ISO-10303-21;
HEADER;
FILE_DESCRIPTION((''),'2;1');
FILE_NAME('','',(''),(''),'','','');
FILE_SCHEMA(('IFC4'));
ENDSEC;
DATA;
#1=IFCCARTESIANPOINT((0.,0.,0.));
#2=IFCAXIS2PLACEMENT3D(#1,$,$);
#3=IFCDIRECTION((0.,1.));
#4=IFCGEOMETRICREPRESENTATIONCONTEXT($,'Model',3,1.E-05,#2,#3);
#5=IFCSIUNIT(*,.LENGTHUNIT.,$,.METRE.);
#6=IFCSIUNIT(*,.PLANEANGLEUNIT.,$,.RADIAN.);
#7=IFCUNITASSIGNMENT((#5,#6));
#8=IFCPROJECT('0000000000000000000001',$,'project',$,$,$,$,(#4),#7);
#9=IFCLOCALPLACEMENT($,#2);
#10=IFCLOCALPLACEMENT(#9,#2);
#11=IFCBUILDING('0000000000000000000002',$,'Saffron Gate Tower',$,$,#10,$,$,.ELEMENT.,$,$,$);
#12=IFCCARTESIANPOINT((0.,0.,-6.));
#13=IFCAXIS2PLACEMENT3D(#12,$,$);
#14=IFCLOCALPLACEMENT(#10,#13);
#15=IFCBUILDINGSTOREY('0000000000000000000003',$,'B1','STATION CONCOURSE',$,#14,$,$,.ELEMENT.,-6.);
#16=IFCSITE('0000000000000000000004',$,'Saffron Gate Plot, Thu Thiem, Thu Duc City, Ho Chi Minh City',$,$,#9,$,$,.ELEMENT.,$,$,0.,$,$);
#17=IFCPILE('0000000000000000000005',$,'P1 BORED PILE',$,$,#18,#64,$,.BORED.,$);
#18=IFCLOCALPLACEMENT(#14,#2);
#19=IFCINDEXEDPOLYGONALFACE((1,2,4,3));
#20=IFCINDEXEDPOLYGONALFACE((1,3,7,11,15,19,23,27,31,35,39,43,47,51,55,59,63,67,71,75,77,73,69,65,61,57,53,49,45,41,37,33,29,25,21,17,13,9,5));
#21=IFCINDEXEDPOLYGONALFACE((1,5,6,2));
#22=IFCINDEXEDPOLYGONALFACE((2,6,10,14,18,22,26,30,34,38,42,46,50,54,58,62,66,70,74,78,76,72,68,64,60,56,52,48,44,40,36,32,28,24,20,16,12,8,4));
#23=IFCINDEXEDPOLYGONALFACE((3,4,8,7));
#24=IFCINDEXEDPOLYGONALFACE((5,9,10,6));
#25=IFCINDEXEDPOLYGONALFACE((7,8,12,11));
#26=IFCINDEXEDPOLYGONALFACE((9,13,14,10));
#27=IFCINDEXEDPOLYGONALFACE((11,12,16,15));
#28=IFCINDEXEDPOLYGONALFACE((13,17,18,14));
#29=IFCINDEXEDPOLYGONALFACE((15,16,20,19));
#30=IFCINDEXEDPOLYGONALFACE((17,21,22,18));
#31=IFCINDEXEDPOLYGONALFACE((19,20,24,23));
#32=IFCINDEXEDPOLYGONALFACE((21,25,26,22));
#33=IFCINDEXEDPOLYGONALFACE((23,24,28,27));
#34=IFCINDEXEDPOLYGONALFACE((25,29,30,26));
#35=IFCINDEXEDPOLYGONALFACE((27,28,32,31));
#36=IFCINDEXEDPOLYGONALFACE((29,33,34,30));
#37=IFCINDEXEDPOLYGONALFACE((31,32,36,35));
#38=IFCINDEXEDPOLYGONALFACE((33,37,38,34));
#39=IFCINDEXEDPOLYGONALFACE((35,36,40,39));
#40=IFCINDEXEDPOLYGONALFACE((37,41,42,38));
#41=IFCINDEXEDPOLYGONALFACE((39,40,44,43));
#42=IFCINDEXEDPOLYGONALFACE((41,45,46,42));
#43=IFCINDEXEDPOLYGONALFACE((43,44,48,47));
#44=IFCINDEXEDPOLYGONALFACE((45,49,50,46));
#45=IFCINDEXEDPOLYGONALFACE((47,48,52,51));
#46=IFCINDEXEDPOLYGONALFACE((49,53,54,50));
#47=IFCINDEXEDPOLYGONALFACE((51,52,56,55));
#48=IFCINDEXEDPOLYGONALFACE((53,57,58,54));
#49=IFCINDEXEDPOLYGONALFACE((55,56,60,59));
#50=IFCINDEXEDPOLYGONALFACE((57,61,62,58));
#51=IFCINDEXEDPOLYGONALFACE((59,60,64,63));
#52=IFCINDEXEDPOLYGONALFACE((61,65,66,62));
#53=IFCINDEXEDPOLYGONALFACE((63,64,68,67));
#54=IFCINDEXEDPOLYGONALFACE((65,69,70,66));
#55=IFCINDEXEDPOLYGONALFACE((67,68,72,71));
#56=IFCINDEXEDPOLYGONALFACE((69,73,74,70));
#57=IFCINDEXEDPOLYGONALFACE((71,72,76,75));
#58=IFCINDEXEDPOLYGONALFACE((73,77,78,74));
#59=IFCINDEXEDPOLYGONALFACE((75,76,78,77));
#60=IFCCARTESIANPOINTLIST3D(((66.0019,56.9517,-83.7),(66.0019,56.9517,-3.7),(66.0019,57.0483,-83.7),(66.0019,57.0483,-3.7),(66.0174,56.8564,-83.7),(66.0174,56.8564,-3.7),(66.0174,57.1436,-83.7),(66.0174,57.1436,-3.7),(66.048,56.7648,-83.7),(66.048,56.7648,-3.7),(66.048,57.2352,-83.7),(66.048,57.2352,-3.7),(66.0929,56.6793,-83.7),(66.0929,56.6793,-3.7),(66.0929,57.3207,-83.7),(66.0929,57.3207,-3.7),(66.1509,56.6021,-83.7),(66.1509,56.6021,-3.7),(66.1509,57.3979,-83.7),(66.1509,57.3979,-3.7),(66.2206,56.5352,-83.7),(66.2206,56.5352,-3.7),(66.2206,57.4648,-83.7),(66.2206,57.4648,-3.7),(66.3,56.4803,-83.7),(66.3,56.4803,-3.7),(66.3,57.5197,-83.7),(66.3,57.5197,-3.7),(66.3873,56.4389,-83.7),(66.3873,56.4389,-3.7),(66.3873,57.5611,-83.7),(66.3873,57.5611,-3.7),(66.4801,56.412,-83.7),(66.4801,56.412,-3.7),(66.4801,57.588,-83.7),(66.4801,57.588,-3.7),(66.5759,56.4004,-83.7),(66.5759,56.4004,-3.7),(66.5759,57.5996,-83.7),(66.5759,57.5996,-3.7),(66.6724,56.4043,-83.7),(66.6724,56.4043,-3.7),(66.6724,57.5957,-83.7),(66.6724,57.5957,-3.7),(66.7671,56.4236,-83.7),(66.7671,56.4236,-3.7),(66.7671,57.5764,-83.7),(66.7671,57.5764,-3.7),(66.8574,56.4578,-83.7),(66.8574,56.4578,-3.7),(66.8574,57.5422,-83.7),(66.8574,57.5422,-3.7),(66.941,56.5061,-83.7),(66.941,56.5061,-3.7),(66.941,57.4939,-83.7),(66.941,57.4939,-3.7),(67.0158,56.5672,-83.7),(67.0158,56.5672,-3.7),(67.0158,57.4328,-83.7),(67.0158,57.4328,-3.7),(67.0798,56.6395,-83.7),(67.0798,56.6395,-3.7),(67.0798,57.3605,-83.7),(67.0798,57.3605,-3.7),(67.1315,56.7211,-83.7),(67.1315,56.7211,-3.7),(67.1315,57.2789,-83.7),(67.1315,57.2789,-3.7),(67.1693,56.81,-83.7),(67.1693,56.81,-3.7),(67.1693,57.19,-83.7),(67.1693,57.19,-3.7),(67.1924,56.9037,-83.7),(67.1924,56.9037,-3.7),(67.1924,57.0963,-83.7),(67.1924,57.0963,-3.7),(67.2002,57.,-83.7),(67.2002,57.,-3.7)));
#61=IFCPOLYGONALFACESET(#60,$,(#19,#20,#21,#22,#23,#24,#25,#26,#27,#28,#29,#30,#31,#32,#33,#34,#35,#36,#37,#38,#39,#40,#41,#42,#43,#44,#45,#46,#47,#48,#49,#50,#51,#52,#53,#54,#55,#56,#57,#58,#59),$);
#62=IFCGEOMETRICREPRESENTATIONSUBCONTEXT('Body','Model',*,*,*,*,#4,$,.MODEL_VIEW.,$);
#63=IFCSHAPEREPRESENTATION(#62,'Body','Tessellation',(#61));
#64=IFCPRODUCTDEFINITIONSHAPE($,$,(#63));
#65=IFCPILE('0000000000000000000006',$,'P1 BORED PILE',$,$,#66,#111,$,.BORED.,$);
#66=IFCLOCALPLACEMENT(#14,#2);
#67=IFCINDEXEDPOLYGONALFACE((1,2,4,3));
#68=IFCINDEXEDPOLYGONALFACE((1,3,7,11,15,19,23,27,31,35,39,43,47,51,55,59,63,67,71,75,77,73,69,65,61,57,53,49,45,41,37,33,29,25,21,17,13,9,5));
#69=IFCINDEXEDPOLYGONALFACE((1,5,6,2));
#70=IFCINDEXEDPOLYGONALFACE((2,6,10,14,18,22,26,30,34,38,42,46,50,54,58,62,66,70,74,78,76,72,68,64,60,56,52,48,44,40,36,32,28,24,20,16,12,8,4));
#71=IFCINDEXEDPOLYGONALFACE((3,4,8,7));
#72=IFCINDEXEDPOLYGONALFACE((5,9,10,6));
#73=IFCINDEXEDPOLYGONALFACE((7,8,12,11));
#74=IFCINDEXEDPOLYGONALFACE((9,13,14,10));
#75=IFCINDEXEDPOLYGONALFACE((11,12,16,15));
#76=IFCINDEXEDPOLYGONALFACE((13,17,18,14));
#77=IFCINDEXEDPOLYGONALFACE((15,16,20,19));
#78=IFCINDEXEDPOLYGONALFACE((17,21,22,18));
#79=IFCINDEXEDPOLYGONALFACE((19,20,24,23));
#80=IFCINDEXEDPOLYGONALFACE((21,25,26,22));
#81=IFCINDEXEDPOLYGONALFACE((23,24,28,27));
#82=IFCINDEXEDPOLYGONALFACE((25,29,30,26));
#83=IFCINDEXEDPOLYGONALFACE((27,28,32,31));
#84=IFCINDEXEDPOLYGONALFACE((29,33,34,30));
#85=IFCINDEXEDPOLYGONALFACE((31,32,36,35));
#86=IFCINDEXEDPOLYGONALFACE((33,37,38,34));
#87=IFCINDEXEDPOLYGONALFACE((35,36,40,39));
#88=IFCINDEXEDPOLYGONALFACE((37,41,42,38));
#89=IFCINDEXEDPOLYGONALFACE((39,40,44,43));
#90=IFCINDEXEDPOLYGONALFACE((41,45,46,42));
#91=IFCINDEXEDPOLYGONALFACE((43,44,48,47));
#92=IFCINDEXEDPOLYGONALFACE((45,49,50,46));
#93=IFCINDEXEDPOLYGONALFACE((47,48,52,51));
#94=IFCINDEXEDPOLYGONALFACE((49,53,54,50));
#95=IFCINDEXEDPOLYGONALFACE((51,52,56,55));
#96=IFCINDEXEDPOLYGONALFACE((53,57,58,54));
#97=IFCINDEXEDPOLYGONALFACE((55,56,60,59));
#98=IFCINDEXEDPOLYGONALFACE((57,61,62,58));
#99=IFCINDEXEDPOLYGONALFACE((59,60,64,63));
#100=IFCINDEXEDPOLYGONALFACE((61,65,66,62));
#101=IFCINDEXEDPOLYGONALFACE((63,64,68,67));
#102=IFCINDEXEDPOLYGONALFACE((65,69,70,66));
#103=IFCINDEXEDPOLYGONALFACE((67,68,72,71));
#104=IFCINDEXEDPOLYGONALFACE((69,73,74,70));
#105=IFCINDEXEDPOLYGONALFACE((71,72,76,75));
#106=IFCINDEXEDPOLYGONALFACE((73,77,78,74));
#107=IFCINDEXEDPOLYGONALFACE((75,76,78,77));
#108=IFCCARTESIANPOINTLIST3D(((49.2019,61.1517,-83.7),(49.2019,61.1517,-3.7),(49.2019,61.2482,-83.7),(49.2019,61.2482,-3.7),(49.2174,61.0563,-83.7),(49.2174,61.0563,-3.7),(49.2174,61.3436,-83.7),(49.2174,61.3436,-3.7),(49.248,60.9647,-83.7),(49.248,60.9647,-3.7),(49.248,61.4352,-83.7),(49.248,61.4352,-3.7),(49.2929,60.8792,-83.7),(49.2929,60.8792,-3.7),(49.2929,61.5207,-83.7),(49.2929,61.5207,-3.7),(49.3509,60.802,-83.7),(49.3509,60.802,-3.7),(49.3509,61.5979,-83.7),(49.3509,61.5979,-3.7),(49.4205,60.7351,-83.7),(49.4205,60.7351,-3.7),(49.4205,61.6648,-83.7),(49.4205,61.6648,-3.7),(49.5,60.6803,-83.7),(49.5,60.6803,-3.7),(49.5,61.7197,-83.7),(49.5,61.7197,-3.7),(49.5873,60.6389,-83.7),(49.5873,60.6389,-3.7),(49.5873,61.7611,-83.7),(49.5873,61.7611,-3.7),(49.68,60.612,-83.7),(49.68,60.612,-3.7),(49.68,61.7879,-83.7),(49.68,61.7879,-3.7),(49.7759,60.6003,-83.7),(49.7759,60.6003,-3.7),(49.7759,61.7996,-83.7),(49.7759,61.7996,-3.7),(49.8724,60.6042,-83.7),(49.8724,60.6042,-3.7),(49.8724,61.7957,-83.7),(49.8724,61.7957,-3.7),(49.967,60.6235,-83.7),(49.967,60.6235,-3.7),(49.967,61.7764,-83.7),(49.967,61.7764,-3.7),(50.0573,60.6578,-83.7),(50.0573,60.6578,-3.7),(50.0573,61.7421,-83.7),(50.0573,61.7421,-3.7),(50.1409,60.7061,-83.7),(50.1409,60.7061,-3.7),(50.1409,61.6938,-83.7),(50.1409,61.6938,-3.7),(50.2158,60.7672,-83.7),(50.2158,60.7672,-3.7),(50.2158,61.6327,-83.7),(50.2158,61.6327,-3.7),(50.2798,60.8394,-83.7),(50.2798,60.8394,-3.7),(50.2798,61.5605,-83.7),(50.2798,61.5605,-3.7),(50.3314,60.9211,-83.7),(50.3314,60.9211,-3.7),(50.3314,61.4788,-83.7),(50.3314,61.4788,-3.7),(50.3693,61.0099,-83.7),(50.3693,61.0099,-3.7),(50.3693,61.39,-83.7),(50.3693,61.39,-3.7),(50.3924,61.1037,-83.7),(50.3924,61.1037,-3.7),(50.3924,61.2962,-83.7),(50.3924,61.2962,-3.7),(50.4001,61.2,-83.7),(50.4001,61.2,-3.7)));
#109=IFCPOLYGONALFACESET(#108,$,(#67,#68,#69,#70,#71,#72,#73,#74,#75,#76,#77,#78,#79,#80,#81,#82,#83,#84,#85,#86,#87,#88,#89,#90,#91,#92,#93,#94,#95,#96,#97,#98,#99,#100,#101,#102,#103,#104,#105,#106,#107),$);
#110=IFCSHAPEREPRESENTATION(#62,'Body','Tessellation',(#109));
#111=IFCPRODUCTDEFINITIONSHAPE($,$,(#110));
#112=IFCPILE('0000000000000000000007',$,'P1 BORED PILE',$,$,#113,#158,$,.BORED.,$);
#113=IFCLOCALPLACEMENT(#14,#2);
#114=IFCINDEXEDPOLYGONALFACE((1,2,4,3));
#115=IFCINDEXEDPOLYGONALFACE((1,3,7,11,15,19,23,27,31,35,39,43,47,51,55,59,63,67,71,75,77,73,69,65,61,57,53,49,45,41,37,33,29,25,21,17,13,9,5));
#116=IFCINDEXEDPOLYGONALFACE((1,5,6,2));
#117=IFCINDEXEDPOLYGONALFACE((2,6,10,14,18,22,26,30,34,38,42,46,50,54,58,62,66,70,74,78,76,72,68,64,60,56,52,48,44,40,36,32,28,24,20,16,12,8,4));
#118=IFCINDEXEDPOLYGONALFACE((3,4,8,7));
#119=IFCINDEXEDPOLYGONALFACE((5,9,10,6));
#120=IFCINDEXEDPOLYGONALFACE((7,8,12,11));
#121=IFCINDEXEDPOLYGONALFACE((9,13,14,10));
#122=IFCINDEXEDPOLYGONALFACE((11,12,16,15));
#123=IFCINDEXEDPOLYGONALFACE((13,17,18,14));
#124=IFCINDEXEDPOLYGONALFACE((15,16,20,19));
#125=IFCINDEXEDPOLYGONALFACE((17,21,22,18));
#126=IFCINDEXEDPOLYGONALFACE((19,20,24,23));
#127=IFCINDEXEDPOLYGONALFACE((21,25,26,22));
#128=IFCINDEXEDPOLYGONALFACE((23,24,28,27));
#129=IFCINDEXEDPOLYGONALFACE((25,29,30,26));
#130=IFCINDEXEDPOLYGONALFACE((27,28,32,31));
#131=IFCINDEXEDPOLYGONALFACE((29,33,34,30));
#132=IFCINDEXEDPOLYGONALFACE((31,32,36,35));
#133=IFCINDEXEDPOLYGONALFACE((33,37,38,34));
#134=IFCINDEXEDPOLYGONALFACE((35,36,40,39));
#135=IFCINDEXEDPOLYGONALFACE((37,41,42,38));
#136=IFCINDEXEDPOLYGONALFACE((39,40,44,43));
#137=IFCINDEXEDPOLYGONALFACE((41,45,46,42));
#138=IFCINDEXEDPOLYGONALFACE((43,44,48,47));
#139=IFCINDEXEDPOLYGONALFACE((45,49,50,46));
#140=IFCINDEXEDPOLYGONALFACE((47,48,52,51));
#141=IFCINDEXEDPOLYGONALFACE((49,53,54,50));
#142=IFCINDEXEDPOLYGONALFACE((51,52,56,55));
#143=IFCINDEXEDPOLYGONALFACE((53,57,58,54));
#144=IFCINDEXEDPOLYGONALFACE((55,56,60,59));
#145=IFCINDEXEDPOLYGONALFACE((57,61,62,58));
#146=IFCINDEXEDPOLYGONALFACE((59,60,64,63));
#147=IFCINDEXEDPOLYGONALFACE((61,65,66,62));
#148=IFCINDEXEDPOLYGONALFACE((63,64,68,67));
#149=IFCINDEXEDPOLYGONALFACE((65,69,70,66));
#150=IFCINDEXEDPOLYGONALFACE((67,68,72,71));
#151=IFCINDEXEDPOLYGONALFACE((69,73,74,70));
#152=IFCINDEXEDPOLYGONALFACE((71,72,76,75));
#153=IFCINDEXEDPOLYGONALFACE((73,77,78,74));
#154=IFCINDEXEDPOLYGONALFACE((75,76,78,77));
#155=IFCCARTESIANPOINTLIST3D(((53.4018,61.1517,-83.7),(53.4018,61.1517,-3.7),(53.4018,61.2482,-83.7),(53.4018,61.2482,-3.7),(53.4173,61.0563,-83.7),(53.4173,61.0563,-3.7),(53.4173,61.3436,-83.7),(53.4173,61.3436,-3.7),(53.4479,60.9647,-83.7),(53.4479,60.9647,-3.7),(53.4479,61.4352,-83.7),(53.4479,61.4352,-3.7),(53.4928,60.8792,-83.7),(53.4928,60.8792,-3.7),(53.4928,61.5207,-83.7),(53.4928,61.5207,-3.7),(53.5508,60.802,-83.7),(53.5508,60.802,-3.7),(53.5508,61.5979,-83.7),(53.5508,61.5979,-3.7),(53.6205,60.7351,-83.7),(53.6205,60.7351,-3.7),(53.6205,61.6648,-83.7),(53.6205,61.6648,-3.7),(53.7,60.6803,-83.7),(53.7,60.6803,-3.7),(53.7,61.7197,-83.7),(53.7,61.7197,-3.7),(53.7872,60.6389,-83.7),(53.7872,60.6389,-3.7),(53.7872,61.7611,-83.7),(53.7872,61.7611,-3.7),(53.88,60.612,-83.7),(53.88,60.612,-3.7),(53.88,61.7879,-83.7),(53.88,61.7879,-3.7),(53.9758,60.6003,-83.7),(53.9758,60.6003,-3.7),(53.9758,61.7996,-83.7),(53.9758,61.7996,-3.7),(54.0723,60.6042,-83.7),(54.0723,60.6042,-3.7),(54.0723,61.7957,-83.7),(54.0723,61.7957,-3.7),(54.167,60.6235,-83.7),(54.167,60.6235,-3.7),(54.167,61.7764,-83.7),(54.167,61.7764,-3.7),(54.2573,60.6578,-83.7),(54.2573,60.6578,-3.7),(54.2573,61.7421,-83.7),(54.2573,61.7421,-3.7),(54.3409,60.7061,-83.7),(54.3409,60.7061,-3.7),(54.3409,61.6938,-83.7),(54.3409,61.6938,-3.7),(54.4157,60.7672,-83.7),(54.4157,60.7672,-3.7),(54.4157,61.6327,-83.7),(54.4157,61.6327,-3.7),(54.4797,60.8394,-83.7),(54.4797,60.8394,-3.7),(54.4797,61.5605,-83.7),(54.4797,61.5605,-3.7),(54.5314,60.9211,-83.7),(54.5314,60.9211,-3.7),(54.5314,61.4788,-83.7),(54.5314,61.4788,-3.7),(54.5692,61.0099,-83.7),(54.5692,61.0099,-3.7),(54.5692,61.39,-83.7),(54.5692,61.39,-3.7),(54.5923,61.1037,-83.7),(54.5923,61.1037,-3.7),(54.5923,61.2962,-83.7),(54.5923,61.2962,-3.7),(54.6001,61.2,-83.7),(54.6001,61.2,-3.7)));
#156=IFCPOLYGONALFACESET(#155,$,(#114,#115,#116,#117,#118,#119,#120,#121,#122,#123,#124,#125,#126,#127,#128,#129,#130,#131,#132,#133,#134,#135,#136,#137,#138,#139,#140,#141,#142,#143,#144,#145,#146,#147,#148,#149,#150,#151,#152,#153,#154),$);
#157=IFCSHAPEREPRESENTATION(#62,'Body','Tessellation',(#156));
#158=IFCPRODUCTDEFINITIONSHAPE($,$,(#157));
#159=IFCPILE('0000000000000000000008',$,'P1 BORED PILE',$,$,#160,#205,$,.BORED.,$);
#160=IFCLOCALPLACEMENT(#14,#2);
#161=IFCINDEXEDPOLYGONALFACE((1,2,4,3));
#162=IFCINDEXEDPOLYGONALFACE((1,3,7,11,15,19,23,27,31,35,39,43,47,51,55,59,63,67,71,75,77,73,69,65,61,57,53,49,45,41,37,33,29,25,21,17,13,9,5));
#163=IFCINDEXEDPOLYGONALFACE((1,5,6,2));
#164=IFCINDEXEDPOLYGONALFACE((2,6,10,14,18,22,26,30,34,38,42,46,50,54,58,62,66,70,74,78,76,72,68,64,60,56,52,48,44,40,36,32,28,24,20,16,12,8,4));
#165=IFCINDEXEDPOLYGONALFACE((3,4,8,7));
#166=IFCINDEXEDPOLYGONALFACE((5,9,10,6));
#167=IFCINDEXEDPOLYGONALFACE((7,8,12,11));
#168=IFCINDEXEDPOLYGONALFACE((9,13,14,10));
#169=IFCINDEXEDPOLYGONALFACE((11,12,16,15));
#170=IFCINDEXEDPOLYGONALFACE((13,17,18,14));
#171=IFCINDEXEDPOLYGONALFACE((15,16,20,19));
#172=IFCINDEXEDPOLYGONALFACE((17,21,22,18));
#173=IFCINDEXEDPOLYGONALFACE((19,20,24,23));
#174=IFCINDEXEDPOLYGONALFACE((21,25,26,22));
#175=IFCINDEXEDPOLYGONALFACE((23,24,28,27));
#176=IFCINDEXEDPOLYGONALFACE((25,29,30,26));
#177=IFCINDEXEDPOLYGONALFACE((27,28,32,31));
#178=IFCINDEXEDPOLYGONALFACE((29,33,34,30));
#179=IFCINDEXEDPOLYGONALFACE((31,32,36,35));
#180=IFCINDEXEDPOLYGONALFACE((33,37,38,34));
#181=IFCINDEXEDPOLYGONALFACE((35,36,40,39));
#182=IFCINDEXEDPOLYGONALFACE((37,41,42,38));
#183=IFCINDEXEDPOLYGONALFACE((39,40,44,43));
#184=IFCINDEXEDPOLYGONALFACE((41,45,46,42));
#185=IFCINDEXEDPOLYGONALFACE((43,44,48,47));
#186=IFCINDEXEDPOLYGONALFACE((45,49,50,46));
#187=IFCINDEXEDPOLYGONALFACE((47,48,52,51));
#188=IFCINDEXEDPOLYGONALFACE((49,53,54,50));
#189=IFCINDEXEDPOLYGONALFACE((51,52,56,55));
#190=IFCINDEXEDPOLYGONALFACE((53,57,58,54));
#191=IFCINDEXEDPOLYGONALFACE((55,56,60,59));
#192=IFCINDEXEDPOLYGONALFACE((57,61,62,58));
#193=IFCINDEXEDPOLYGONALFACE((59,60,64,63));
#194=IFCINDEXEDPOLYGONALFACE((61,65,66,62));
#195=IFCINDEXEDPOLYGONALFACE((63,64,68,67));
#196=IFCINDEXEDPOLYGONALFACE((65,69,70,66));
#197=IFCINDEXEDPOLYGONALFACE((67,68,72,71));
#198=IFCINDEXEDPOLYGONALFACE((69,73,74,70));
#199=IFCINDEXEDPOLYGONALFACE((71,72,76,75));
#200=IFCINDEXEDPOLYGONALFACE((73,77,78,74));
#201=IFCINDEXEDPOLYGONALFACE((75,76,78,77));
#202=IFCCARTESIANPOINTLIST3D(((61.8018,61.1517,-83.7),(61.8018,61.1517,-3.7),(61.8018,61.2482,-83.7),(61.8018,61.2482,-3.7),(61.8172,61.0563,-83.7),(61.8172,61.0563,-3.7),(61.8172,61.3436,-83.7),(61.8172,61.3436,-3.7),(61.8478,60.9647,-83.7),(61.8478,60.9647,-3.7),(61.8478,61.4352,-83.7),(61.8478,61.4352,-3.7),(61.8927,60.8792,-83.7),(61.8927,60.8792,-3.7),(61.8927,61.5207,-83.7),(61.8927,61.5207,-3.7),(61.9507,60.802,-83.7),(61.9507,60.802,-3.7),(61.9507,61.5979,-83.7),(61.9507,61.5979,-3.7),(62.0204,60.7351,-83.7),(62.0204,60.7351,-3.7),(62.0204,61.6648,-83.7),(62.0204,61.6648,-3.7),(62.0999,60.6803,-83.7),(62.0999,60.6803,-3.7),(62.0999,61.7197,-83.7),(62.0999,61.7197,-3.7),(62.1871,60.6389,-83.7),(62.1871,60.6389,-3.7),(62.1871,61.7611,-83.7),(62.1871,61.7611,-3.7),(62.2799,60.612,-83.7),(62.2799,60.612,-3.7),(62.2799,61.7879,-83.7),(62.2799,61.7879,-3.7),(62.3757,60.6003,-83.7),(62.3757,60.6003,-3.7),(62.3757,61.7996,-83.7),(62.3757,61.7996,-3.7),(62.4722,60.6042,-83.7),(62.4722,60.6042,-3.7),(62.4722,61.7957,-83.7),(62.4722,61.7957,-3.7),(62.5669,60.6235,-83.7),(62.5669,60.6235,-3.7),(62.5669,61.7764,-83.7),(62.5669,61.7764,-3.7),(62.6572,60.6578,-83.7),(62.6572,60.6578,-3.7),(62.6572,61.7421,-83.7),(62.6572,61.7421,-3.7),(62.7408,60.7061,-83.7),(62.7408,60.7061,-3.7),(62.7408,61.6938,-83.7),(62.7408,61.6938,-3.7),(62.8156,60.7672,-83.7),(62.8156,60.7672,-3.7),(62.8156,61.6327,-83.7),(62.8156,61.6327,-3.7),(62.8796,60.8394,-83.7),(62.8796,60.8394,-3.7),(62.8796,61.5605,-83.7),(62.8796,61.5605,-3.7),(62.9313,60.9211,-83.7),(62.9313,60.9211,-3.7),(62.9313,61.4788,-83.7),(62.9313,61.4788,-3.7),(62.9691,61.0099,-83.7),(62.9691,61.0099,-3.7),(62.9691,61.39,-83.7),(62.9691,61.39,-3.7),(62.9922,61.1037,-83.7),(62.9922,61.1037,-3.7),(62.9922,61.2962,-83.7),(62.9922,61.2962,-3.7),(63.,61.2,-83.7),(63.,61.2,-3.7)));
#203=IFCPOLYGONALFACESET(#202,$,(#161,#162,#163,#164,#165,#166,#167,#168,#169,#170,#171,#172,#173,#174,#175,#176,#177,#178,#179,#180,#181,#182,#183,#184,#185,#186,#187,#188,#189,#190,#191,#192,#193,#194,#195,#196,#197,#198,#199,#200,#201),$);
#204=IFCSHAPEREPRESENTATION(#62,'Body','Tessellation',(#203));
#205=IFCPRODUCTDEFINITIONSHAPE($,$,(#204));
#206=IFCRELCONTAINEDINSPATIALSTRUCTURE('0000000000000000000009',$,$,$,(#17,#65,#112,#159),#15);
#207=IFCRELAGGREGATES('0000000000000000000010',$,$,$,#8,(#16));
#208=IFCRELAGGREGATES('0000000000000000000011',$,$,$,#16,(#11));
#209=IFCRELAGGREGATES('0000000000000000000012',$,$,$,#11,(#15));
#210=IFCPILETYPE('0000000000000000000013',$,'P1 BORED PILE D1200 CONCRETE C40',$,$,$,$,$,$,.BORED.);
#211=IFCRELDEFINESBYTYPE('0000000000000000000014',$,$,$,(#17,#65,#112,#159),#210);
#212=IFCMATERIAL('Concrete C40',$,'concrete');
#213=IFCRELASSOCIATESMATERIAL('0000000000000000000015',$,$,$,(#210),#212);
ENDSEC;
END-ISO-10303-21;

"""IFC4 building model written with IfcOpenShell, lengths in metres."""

from ifc_helpers import new_model, si_unit, direction, frame, origin, origin_2d, place, context, subcontext, project, spatial, circle, extrude, material, material_profile, profile_set, type_object, element, save


model = new_model("IFC4")

# Units and contexts
model_context = context("Model", 3, precision=1e-05, world=origin(), true_north=direction((0.0, 1.0)))
body_context = subcontext(model_context, "Body", "Model", "MODEL_VIEW")
ifc_project = project(units=[si_unit("LENGTHUNIT", "METRE"), si_unit("PLANEANGLEUNIT", "RADIAN")], contexts=[model_context])

# Site, building, storey
site_placement = place(None, origin())
site = spatial("IfcSite", under=ifc_project, at=site_placement, Name="Saffron Gate Plot, Thu Thiem, Thu Duc City, Ho Chi Minh City", CompositionType="ELEMENT", RefElevation=0.0)
building_placement = place(site_placement, origin())
building = spatial("IfcBuilding", under=site, at=building_placement, Name="Saffron Gate Tower", CompositionType="ELEMENT")
storey_placement = place(building_placement, frame((0.0, 0.0, -6.0)))
storey = spatial("IfcBuildingStorey", under=building, at=storey_placement, Name="B1", Description="STATION CONCOURSE", CompositionType="ELEMENT", Elevation=-6.0)

# Piles
ifc_material_1 = material(Name="Concrete C40", Category="concrete")
ifc_material_profile_1 = material_profile(ifc_material_1, circle(Radius=0.6001, at=origin_2d()))
ifc_profile_set_1 = profile_set([ifc_material_profile_1], Name="Concrete C40")
pile_type_1 = type_object("IfcPileType", Name="P1 BORED PILE D1200 CONCRETE C40", PredefinedType="BORED", material=ifc_profile_set_1)
for number, where, z_axis, x_axis, name in (
    (1, (66.6001, 57.0, -3.7), (0.0, 0.0, -1.0), (1.0, 0.0, 0.0), "P1 BORED PILE"),
    (2, (49.8, 61.2, -3.7), (0.0, 0.0, -1.0), (1.0, 0.0, 0.0), "P1 BORED PILE"),
    (3, (54.0, 61.2, -3.7), (0.0, 0.0, -1.0), (1.0, 0.0, 0.0), "P1 BORED PILE"),
    (4, (62.3999, 61.2, -3.7), (0.0, 0.0, -1.0), (1.0, 0.0, 0.0), "P1 BORED PILE"),
):
    element("IfcPile", number, at=place(storey_placement, frame(where, z_axis=z_axis, x_axis=x_axis)), inside=storey, type_object=pile_type_1, Name=name, PredefinedType="BORED", context=body_context, shape_type="SweptSolid", body=[
        extrude(circle(Radius=0.6001, at=origin_2d()), origin(), (0.0, 0.0, 1.0), 80.0),
    ])

save(model, "model.ifc")
